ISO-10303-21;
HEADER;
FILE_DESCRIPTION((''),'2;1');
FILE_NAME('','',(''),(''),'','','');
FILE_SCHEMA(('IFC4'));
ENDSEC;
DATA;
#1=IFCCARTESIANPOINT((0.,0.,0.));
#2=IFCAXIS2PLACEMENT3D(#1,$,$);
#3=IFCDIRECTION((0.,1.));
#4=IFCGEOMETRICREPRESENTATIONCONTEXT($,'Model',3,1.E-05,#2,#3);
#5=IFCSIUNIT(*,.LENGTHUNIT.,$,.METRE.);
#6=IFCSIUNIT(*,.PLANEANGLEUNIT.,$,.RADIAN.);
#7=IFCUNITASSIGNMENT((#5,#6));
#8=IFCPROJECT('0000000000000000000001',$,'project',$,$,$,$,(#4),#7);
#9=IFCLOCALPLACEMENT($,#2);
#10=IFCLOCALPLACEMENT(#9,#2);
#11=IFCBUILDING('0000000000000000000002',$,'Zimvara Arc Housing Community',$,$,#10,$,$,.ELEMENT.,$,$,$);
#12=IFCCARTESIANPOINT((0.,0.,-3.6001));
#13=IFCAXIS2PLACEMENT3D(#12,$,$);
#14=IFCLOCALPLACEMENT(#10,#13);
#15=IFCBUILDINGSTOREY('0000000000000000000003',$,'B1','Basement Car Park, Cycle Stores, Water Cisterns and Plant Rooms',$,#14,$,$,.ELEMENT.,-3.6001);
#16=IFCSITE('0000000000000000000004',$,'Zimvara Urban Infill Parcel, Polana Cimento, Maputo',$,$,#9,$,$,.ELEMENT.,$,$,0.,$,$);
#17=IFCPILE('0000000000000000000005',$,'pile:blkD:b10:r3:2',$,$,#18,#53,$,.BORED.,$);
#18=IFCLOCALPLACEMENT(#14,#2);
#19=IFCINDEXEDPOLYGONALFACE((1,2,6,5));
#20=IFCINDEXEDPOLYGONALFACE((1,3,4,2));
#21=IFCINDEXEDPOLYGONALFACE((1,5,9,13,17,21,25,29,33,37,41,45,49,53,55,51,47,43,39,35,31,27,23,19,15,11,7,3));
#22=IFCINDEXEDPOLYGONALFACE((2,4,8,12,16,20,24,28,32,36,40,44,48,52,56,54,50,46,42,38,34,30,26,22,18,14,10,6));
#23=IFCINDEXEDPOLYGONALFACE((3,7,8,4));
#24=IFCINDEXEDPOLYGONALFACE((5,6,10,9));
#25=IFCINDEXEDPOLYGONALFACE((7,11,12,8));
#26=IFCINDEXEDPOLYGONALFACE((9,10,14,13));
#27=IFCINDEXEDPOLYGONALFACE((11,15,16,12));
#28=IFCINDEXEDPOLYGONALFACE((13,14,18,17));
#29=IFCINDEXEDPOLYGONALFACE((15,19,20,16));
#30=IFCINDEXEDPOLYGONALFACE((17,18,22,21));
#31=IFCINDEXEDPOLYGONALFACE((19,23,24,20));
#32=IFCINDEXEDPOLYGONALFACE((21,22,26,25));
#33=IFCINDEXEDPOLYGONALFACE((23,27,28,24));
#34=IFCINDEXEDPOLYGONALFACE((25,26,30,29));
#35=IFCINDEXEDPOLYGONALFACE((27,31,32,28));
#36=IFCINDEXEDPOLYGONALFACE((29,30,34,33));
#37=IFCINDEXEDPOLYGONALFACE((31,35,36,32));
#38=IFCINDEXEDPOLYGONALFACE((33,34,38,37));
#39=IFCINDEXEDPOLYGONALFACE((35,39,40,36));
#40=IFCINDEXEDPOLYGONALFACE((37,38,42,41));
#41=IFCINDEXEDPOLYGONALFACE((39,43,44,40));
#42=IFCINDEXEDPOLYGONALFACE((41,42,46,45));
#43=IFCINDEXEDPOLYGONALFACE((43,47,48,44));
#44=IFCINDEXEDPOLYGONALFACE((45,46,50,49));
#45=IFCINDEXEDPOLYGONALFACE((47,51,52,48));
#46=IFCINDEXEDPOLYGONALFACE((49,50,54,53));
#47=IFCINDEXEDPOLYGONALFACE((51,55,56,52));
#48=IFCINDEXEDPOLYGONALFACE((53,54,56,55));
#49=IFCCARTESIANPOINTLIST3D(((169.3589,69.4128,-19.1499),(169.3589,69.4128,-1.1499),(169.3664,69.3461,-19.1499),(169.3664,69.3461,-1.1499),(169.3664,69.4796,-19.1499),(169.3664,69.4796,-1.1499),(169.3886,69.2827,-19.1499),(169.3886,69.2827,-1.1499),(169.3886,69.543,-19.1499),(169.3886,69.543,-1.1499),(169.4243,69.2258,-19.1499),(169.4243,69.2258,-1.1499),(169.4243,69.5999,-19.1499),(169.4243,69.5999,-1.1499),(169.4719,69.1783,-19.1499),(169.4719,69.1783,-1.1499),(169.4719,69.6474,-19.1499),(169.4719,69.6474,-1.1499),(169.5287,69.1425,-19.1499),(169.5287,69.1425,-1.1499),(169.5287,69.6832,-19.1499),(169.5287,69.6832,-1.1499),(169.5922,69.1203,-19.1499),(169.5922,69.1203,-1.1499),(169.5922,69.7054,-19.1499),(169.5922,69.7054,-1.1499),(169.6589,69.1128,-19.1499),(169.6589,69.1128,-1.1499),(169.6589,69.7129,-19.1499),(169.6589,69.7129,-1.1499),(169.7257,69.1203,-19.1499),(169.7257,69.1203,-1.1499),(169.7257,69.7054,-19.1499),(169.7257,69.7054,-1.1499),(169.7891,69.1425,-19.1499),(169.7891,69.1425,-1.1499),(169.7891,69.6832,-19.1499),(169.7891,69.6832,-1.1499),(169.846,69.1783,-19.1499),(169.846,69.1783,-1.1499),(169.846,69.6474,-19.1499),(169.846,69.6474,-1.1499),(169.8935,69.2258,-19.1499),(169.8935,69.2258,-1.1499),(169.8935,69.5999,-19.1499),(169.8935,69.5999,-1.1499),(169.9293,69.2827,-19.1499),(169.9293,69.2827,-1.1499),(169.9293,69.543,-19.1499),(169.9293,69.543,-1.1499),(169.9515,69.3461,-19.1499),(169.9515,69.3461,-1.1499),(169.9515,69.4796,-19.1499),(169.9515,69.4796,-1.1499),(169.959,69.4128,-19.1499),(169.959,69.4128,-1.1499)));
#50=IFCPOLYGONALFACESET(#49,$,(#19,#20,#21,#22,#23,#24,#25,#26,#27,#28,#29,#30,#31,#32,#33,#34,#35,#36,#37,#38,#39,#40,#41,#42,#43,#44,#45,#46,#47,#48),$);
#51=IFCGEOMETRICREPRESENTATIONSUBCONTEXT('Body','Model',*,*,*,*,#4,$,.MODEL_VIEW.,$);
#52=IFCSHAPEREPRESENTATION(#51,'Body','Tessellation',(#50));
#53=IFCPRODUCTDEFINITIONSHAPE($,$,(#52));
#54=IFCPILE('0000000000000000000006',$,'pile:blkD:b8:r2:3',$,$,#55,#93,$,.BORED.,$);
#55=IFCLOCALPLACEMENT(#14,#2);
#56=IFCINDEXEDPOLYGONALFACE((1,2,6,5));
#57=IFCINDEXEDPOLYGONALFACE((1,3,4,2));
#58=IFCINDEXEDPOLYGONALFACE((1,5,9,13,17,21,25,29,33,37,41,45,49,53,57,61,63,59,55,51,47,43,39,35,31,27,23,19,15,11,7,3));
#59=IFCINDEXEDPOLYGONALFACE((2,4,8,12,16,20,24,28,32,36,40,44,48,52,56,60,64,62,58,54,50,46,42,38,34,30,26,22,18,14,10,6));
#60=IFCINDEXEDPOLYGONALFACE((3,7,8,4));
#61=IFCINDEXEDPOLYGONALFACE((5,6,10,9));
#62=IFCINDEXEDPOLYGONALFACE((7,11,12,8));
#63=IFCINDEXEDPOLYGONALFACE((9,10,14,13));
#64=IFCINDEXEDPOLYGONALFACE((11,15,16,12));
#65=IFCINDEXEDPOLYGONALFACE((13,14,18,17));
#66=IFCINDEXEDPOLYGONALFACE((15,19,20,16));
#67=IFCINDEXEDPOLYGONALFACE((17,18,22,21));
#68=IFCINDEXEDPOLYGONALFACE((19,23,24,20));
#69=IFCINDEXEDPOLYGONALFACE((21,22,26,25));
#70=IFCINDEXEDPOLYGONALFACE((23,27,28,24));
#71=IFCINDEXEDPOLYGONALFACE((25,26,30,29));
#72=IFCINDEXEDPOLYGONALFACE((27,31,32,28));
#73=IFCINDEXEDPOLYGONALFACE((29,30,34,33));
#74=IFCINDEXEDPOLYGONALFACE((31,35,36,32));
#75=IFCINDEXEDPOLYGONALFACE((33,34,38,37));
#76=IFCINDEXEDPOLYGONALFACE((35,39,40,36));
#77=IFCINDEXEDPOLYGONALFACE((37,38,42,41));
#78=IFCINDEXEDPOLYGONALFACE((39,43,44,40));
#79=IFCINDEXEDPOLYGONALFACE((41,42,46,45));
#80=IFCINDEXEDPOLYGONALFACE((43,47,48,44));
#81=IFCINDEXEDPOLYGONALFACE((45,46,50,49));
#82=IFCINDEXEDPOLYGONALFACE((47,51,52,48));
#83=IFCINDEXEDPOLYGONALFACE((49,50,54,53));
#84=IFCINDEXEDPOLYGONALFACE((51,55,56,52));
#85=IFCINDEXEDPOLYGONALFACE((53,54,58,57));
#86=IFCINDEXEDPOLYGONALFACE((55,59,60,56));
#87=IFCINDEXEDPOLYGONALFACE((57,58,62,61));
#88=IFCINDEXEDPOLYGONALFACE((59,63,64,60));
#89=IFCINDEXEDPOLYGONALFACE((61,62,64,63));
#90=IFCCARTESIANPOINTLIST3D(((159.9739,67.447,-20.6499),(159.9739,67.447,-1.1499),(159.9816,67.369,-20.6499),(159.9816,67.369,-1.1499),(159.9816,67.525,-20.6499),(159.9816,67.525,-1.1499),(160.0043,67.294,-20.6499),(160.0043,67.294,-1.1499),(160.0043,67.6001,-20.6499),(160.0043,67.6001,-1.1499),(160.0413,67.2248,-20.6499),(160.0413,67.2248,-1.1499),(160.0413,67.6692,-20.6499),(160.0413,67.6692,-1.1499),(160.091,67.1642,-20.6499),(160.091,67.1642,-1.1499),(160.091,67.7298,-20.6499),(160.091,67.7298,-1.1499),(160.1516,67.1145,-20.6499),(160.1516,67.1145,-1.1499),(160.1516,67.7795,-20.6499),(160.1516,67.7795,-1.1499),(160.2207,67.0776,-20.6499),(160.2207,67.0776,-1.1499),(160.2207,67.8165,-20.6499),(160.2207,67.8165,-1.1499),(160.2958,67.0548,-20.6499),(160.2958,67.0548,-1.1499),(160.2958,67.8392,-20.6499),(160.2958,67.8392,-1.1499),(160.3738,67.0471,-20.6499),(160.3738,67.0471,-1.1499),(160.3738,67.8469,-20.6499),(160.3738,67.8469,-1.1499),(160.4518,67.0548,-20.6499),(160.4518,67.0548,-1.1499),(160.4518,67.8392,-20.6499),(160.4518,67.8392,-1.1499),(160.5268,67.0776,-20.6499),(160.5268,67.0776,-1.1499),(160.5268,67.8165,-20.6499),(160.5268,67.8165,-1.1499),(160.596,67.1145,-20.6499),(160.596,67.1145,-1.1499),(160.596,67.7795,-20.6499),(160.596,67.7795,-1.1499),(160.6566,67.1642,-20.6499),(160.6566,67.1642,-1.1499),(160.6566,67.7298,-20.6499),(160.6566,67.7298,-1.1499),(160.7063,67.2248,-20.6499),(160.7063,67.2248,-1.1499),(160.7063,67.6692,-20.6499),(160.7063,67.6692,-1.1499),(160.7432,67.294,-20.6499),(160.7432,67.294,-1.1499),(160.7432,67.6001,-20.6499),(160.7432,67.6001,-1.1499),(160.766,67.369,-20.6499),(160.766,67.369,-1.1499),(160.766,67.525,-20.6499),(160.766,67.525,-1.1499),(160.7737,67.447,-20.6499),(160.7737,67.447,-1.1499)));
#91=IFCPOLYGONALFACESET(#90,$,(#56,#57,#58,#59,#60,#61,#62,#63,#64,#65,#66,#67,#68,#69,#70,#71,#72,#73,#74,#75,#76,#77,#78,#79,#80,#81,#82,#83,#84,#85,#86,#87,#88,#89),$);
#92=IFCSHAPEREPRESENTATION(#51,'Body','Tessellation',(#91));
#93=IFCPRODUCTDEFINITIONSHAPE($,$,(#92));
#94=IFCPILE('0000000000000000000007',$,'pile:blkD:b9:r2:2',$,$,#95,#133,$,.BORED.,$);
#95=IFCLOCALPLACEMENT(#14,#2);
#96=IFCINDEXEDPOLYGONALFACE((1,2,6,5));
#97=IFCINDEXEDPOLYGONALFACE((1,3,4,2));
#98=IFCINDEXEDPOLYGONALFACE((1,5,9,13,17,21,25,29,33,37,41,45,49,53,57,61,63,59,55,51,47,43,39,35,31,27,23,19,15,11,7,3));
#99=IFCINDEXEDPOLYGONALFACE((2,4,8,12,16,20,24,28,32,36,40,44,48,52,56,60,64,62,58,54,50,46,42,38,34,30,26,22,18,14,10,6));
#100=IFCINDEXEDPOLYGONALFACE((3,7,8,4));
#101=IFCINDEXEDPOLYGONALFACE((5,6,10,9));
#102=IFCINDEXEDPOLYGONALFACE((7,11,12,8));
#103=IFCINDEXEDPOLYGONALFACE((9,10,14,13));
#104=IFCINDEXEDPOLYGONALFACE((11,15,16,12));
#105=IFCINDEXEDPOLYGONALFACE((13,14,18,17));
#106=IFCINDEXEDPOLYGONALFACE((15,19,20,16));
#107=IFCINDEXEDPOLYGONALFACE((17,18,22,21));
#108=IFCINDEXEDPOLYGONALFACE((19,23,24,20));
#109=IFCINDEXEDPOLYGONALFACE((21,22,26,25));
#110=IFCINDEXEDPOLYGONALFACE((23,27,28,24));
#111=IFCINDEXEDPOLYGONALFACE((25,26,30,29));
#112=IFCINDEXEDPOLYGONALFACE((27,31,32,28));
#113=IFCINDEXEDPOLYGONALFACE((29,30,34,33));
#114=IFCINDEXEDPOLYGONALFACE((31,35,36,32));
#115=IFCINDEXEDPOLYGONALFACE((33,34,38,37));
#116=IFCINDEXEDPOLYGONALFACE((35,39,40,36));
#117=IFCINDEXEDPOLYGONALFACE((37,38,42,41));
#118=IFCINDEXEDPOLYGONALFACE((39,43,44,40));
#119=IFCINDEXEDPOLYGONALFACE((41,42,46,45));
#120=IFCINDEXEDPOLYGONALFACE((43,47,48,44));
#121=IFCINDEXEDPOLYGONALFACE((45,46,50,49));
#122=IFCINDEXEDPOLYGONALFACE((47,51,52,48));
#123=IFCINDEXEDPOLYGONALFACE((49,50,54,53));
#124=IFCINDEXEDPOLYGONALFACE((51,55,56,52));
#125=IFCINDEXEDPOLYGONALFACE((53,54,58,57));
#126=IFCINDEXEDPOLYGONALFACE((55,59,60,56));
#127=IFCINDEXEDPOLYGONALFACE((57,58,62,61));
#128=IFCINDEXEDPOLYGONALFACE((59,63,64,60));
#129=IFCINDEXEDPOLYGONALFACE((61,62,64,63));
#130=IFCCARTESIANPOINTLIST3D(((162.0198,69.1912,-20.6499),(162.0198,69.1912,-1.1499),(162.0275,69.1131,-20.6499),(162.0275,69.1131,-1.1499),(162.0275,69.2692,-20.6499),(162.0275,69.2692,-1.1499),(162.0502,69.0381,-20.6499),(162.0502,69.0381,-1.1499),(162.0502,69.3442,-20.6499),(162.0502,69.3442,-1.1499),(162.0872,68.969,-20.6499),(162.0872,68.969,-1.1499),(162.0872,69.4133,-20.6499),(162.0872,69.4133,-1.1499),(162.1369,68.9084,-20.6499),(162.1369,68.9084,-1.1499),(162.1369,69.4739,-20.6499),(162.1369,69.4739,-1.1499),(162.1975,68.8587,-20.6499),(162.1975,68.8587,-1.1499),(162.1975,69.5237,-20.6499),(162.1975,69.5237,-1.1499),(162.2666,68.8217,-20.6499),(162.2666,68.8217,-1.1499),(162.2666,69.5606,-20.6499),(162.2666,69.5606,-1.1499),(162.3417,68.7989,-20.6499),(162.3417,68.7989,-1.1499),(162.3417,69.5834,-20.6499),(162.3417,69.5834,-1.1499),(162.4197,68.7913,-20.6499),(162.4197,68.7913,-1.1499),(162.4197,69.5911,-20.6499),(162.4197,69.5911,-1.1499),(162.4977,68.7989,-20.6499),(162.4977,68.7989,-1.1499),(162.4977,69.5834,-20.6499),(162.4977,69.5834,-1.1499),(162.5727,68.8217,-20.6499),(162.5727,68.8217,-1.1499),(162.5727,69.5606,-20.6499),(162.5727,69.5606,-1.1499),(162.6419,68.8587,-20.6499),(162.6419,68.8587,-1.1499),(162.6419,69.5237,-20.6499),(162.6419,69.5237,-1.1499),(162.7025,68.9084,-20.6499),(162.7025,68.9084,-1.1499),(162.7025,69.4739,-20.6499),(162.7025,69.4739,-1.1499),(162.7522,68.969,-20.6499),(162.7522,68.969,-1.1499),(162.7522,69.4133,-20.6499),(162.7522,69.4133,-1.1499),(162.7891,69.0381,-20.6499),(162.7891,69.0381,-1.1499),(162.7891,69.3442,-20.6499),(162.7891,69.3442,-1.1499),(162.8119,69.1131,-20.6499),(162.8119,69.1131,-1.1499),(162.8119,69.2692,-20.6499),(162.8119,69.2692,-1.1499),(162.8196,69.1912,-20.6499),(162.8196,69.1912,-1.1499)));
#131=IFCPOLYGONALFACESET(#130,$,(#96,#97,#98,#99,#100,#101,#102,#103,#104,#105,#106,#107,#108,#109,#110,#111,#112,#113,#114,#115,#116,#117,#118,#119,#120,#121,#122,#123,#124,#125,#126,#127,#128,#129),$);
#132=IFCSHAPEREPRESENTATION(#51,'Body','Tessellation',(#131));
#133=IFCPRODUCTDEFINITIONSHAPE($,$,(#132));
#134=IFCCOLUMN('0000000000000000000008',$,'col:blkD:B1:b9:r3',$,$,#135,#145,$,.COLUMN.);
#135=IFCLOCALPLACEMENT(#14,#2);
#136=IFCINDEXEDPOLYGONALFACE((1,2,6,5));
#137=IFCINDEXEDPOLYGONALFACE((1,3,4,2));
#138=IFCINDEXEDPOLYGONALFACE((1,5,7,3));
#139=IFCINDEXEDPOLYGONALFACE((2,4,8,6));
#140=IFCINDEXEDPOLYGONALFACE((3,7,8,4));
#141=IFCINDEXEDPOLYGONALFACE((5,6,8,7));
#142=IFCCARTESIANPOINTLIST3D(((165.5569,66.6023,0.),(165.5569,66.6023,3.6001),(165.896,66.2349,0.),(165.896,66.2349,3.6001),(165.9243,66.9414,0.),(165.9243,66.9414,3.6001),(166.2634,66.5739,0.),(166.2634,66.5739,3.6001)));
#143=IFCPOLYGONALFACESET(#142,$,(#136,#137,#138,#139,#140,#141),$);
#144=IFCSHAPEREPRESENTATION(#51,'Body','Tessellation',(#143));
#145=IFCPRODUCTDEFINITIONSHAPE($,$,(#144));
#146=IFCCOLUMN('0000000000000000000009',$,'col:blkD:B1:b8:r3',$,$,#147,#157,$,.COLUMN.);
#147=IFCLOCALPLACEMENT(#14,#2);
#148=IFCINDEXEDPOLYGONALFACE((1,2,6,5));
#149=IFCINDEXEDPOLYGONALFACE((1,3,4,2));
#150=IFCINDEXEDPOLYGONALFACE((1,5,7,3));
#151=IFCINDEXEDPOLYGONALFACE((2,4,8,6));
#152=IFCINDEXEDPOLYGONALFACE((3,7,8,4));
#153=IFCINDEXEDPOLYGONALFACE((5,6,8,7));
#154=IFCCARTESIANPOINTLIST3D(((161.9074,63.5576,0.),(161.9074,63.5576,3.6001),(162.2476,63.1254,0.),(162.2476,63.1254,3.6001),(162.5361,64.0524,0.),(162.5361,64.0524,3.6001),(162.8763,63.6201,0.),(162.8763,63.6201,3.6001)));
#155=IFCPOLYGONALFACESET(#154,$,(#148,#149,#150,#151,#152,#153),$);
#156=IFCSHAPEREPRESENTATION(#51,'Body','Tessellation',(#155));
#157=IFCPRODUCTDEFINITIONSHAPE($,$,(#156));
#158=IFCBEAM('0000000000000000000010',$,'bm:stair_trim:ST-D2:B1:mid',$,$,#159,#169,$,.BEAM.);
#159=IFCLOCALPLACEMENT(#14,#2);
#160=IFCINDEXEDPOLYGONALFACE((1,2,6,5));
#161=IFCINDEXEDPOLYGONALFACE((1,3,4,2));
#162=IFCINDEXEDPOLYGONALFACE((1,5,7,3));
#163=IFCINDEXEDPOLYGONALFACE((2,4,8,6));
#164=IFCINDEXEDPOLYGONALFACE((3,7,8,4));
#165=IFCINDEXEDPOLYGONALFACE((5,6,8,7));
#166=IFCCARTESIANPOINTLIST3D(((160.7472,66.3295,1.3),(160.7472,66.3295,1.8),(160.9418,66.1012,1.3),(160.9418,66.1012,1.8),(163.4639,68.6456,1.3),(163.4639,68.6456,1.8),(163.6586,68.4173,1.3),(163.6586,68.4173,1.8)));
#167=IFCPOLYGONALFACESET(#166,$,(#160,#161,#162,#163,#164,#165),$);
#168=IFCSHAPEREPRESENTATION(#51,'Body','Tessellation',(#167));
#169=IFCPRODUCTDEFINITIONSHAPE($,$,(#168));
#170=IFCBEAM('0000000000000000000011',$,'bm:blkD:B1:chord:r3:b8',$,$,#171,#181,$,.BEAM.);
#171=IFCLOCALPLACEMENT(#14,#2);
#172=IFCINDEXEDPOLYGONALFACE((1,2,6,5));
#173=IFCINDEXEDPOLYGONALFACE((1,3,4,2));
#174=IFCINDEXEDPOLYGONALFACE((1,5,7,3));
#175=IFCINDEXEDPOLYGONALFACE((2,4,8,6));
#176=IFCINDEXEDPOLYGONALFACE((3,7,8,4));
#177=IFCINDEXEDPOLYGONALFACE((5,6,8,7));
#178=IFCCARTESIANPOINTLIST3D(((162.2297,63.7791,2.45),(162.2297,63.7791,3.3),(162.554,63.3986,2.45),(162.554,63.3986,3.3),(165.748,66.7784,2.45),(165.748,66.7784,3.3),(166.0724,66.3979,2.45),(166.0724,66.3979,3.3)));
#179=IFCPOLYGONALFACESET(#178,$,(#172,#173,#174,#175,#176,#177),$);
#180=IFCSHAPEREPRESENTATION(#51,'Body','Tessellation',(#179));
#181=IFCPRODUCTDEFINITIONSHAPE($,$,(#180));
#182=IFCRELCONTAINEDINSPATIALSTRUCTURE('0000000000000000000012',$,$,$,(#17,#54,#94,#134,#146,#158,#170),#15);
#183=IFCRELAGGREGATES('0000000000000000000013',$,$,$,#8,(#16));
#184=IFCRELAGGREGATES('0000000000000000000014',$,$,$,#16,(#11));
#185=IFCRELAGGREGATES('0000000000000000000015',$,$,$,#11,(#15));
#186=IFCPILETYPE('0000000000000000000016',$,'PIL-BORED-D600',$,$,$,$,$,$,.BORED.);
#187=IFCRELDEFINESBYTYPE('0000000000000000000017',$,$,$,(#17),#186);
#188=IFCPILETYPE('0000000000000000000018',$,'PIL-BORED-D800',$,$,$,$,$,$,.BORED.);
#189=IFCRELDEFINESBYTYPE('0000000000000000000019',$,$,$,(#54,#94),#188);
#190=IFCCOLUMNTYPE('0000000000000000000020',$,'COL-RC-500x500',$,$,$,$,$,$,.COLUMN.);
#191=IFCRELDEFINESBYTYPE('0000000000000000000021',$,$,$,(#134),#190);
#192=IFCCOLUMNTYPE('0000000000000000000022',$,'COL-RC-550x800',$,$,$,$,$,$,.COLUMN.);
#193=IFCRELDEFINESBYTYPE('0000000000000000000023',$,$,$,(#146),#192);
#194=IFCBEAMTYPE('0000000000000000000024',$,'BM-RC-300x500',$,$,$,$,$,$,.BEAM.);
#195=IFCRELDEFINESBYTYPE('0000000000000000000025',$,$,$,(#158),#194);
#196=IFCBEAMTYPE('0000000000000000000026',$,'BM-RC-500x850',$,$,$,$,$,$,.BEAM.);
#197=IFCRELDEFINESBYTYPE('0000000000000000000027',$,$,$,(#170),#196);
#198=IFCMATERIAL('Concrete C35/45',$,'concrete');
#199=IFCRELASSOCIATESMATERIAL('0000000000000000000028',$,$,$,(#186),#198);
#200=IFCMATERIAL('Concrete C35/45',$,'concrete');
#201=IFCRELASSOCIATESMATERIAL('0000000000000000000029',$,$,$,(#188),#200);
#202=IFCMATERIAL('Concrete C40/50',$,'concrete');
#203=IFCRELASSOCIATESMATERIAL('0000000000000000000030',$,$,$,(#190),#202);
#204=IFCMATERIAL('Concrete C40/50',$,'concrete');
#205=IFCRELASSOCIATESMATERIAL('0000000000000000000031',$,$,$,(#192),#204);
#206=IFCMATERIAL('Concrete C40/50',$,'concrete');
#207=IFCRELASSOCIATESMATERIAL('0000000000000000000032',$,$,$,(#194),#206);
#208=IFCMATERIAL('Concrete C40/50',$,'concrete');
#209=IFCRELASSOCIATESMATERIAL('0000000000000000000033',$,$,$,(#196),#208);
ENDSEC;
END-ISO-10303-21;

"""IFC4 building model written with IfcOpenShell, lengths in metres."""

from ifc_helpers import new_model, si_unit, direction, frame, origin, origin_2d, place, context, subcontext, project, spatial, rectangle, circle, extrude, material, material_profile, profile_set, type_object, element, save


model = new_model("IFC4")

# Units and contexts
model_context = context("Model", 3, precision=1e-05, world=origin(), true_north=direction((0.0, 1.0)))
body_context = subcontext(model_context, "Body", "Model", "MODEL_VIEW")
ifc_project = project(units=[si_unit("LENGTHUNIT", "METRE"), si_unit("PLANEANGLEUNIT", "RADIAN")], contexts=[model_context])

# Site, building, storey
site_placement = place(None, origin())
site = spatial("IfcSite", under=ifc_project, at=site_placement, Name="Zimvara Urban Infill Parcel, Polana Cimento, Maputo", CompositionType="ELEMENT", RefElevation=0.0)
building_placement = place(site_placement, origin())
building = spatial("IfcBuilding", under=site, at=building_placement, Name="Zimvara Arc Housing Community", CompositionType="ELEMENT")
storey_placement = place(building_placement, frame((0.0, 0.0, -3.6001)))
storey = spatial("IfcBuildingStorey", under=building, at=storey_placement, Name="B1", Description="Basement Car Park, Cycle Stores, Water Cisterns and Plant Rooms", CompositionType="ELEMENT", Elevation=-3.6001)

# Piles
ifc_material_1 = material(Name="Concrete C35/45", Category="concrete")
ifc_material_profile_1 = material_profile(ifc_material_1, circle(Radius=0.3, at=origin_2d()), Name="PILE D600")
ifc_profile_set_1 = profile_set([ifc_material_profile_1], Name="Concrete C35/45")
pile_type_1 = type_object("IfcPileType", Name="PIL-BORED-D600", PredefinedType="BORED", material=ifc_profile_set_1)
for number, where, z_axis, x_axis, name in (
    (1, (169.6589, 69.4128, -1.1499), (0.0, 0.0, -1.0), (1.0, 0.0, 0.0), "pile:blkD:b10:r3:2"),
):
    element("IfcPile", number, at=place(storey_placement, frame(where, z_axis=z_axis, x_axis=x_axis)), inside=storey, type_object=pile_type_1, Name=name, PredefinedType="BORED", context=body_context, shape_type="SweptSolid", body=[
        extrude(circle(Radius=0.3, at=origin_2d()), origin(), (0.0, 0.0, 1.0), 18.0),
    ])
ifc_material_2 = material(Name="Concrete C35/45", Category="concrete")
ifc_material_profile_2 = material_profile(ifc_material_2, circle(Radius=0.3999, at=origin_2d()), Name="PILE D800")
ifc_profile_set_2 = profile_set([ifc_material_profile_2], Name="Concrete C35/45")
pile_type_2 = type_object("IfcPileType", Name="PIL-BORED-D800", PredefinedType="BORED", material=ifc_profile_set_2)
for number, where, z_axis, x_axis, name in (
    (2, (160.3738, 67.447, -1.1499), (0.0, 0.0, -1.0), (1.0, 0.0, 0.0), "pile:blkD:b8:r2:3"),
    (3, (162.4197, 69.1912, -1.1499), (0.0, 0.0, -1.0), (1.0, 0.0, 0.0), "pile:blkD:b9:r2:2"),
):
    element("IfcPile", number, at=place(storey_placement, frame(where, z_axis=z_axis, x_axis=x_axis)), inside=storey, type_object=pile_type_2, Name=name, PredefinedType="BORED", context=body_context, shape_type="SweptSolid", body=[
        extrude(circle(Radius=0.3999, at=origin_2d()), origin(), (0.0, 0.0, 1.0), 19.5),
    ])

# Columns
ifc_material_3 = material(Name="Concrete C40/50", Category="concrete")
ifc_material_profile_3 = material_profile(ifc_material_3, rectangle(XDim=0.5, YDim=0.5, at=origin_2d()), Name="RC 500x500")
ifc_profile_set_3 = profile_set([ifc_material_profile_3], Name="Concrete C40/50")
column_type_1 = type_object("IfcColumnType", Name="COL-RC-500x500", PredefinedType="COLUMN", material=ifc_profile_set_3)
column_1_placement = place(storey_placement, frame((165.9102, 66.5881, 0.0), z_axis=(0.0, 0.0, 1.0), x_axis=(0.67816, -0.734915, 0.0)))
element("IfcColumn", 4, at=column_1_placement, inside=storey, type_object=column_type_1, Name="col:blkD:B1:b9:r3", PredefinedType="COLUMN", context=body_context, shape_type="SweptSolid", body=[
    extrude(rectangle(XDim=0.5, YDim=0.5, at=origin_2d()), origin(), (0.0, 0.0, 1.0), 3.6001),
])
ifc_material_4 = material(Name="Concrete C40/50", Category="concrete")
ifc_material_profile_4 = material_profile(ifc_material_4, rectangle(XDim=0.55, YDim=0.8, at=origin_2d()), Name="RC 550x800")
ifc_profile_set_4 = profile_set([ifc_material_profile_4], Name="Concrete C40/50")
column_type_2 = type_object("IfcColumnType", Name="COL-RC-550x800", PredefinedType="COLUMN", material=ifc_profile_set_4)
column_2_placement = place(storey_placement, frame((162.3918, 63.5889, 0.0), z_axis=(0.0, 0.0, 1.0), x_axis=(0.618408, -0.785857, 0.0)))
element("IfcColumn", 5, at=column_2_placement, inside=storey, type_object=column_type_2, Name="col:blkD:B1:b8:r3", PredefinedType="COLUMN", context=body_context, shape_type="SweptSolid", body=[
    extrude(rectangle(XDim=0.55, YDim=0.8, at=origin_2d()), origin(), (0.0, 0.0, 1.0), 3.6001),
])

# Beams
ifc_material_5 = material(Name="Concrete C40/50", Category="concrete")
ifc_material_profile_5 = material_profile(ifc_material_5, rectangle(XDim=0.3, YDim=0.5, at=origin_2d()), Name="RC 300x500")
ifc_profile_set_5 = profile_set([ifc_material_profile_5], Name="Concrete C40/50")
beam_type_1 = type_object("IfcBeamType", Name="BM-RC-300x500", PredefinedType="BEAM", material=ifc_profile_set_5)
beam_placement = place(storey_placement, frame((160.8445, 66.2153, 1.55), z_axis=(0.760987, 0.648767, 0.0), x_axis=(-0.648767, 0.760987, 0.0)))
element("IfcBeam", 6, at=beam_placement, inside=storey, type_object=beam_type_1, Name="bm:stair_trim:ST-D2:B1:mid", PredefinedType="BEAM", context=body_context, shape_type="SweptSolid", body=[
    extrude(rectangle(XDim=0.3, YDim=0.5, at=origin_2d()), origin(), (0.0, 0.0, 1.0), 3.5701),
])
ifc_material_6 = material(Name="Concrete C40/50", Category="concrete")
ifc_material_profile_6 = material_profile(ifc_material_6, rectangle(XDim=0.5, YDim=0.8501, at=origin_2d()), Name="RC 500x850")
ifc_profile_set_6 = profile_set([ifc_material_profile_6], Name="Concrete C40/50")
beam_type_2 = type_object("IfcBeamType", Name="BM-RC-500x850", PredefinedType="BEAM", material=ifc_profile_set_6)
for number, where, z_axis, x_axis, name in (
    (7, (162.3918, 63.5889, 2.875), (0.76101, 0.648741, 0.0), (-0.648741, 0.76101, 0.0), "bm:blkD:B1:chord:r3:b8"),
):
    element("IfcBeam", number, at=place(storey_placement, frame(where, z_axis=z_axis, x_axis=x_axis)), inside=storey, type_object=beam_type_2, Name=name, PredefinedType="BEAM", context=body_context, shape_type="SweptSolid", body=[
        extrude(rectangle(XDim=0.5, YDim=0.8501, at=origin_2d()), origin(), (0.0, 0.0, 1.0), 4.6233),
    ])

save(model, "model.ifc")
